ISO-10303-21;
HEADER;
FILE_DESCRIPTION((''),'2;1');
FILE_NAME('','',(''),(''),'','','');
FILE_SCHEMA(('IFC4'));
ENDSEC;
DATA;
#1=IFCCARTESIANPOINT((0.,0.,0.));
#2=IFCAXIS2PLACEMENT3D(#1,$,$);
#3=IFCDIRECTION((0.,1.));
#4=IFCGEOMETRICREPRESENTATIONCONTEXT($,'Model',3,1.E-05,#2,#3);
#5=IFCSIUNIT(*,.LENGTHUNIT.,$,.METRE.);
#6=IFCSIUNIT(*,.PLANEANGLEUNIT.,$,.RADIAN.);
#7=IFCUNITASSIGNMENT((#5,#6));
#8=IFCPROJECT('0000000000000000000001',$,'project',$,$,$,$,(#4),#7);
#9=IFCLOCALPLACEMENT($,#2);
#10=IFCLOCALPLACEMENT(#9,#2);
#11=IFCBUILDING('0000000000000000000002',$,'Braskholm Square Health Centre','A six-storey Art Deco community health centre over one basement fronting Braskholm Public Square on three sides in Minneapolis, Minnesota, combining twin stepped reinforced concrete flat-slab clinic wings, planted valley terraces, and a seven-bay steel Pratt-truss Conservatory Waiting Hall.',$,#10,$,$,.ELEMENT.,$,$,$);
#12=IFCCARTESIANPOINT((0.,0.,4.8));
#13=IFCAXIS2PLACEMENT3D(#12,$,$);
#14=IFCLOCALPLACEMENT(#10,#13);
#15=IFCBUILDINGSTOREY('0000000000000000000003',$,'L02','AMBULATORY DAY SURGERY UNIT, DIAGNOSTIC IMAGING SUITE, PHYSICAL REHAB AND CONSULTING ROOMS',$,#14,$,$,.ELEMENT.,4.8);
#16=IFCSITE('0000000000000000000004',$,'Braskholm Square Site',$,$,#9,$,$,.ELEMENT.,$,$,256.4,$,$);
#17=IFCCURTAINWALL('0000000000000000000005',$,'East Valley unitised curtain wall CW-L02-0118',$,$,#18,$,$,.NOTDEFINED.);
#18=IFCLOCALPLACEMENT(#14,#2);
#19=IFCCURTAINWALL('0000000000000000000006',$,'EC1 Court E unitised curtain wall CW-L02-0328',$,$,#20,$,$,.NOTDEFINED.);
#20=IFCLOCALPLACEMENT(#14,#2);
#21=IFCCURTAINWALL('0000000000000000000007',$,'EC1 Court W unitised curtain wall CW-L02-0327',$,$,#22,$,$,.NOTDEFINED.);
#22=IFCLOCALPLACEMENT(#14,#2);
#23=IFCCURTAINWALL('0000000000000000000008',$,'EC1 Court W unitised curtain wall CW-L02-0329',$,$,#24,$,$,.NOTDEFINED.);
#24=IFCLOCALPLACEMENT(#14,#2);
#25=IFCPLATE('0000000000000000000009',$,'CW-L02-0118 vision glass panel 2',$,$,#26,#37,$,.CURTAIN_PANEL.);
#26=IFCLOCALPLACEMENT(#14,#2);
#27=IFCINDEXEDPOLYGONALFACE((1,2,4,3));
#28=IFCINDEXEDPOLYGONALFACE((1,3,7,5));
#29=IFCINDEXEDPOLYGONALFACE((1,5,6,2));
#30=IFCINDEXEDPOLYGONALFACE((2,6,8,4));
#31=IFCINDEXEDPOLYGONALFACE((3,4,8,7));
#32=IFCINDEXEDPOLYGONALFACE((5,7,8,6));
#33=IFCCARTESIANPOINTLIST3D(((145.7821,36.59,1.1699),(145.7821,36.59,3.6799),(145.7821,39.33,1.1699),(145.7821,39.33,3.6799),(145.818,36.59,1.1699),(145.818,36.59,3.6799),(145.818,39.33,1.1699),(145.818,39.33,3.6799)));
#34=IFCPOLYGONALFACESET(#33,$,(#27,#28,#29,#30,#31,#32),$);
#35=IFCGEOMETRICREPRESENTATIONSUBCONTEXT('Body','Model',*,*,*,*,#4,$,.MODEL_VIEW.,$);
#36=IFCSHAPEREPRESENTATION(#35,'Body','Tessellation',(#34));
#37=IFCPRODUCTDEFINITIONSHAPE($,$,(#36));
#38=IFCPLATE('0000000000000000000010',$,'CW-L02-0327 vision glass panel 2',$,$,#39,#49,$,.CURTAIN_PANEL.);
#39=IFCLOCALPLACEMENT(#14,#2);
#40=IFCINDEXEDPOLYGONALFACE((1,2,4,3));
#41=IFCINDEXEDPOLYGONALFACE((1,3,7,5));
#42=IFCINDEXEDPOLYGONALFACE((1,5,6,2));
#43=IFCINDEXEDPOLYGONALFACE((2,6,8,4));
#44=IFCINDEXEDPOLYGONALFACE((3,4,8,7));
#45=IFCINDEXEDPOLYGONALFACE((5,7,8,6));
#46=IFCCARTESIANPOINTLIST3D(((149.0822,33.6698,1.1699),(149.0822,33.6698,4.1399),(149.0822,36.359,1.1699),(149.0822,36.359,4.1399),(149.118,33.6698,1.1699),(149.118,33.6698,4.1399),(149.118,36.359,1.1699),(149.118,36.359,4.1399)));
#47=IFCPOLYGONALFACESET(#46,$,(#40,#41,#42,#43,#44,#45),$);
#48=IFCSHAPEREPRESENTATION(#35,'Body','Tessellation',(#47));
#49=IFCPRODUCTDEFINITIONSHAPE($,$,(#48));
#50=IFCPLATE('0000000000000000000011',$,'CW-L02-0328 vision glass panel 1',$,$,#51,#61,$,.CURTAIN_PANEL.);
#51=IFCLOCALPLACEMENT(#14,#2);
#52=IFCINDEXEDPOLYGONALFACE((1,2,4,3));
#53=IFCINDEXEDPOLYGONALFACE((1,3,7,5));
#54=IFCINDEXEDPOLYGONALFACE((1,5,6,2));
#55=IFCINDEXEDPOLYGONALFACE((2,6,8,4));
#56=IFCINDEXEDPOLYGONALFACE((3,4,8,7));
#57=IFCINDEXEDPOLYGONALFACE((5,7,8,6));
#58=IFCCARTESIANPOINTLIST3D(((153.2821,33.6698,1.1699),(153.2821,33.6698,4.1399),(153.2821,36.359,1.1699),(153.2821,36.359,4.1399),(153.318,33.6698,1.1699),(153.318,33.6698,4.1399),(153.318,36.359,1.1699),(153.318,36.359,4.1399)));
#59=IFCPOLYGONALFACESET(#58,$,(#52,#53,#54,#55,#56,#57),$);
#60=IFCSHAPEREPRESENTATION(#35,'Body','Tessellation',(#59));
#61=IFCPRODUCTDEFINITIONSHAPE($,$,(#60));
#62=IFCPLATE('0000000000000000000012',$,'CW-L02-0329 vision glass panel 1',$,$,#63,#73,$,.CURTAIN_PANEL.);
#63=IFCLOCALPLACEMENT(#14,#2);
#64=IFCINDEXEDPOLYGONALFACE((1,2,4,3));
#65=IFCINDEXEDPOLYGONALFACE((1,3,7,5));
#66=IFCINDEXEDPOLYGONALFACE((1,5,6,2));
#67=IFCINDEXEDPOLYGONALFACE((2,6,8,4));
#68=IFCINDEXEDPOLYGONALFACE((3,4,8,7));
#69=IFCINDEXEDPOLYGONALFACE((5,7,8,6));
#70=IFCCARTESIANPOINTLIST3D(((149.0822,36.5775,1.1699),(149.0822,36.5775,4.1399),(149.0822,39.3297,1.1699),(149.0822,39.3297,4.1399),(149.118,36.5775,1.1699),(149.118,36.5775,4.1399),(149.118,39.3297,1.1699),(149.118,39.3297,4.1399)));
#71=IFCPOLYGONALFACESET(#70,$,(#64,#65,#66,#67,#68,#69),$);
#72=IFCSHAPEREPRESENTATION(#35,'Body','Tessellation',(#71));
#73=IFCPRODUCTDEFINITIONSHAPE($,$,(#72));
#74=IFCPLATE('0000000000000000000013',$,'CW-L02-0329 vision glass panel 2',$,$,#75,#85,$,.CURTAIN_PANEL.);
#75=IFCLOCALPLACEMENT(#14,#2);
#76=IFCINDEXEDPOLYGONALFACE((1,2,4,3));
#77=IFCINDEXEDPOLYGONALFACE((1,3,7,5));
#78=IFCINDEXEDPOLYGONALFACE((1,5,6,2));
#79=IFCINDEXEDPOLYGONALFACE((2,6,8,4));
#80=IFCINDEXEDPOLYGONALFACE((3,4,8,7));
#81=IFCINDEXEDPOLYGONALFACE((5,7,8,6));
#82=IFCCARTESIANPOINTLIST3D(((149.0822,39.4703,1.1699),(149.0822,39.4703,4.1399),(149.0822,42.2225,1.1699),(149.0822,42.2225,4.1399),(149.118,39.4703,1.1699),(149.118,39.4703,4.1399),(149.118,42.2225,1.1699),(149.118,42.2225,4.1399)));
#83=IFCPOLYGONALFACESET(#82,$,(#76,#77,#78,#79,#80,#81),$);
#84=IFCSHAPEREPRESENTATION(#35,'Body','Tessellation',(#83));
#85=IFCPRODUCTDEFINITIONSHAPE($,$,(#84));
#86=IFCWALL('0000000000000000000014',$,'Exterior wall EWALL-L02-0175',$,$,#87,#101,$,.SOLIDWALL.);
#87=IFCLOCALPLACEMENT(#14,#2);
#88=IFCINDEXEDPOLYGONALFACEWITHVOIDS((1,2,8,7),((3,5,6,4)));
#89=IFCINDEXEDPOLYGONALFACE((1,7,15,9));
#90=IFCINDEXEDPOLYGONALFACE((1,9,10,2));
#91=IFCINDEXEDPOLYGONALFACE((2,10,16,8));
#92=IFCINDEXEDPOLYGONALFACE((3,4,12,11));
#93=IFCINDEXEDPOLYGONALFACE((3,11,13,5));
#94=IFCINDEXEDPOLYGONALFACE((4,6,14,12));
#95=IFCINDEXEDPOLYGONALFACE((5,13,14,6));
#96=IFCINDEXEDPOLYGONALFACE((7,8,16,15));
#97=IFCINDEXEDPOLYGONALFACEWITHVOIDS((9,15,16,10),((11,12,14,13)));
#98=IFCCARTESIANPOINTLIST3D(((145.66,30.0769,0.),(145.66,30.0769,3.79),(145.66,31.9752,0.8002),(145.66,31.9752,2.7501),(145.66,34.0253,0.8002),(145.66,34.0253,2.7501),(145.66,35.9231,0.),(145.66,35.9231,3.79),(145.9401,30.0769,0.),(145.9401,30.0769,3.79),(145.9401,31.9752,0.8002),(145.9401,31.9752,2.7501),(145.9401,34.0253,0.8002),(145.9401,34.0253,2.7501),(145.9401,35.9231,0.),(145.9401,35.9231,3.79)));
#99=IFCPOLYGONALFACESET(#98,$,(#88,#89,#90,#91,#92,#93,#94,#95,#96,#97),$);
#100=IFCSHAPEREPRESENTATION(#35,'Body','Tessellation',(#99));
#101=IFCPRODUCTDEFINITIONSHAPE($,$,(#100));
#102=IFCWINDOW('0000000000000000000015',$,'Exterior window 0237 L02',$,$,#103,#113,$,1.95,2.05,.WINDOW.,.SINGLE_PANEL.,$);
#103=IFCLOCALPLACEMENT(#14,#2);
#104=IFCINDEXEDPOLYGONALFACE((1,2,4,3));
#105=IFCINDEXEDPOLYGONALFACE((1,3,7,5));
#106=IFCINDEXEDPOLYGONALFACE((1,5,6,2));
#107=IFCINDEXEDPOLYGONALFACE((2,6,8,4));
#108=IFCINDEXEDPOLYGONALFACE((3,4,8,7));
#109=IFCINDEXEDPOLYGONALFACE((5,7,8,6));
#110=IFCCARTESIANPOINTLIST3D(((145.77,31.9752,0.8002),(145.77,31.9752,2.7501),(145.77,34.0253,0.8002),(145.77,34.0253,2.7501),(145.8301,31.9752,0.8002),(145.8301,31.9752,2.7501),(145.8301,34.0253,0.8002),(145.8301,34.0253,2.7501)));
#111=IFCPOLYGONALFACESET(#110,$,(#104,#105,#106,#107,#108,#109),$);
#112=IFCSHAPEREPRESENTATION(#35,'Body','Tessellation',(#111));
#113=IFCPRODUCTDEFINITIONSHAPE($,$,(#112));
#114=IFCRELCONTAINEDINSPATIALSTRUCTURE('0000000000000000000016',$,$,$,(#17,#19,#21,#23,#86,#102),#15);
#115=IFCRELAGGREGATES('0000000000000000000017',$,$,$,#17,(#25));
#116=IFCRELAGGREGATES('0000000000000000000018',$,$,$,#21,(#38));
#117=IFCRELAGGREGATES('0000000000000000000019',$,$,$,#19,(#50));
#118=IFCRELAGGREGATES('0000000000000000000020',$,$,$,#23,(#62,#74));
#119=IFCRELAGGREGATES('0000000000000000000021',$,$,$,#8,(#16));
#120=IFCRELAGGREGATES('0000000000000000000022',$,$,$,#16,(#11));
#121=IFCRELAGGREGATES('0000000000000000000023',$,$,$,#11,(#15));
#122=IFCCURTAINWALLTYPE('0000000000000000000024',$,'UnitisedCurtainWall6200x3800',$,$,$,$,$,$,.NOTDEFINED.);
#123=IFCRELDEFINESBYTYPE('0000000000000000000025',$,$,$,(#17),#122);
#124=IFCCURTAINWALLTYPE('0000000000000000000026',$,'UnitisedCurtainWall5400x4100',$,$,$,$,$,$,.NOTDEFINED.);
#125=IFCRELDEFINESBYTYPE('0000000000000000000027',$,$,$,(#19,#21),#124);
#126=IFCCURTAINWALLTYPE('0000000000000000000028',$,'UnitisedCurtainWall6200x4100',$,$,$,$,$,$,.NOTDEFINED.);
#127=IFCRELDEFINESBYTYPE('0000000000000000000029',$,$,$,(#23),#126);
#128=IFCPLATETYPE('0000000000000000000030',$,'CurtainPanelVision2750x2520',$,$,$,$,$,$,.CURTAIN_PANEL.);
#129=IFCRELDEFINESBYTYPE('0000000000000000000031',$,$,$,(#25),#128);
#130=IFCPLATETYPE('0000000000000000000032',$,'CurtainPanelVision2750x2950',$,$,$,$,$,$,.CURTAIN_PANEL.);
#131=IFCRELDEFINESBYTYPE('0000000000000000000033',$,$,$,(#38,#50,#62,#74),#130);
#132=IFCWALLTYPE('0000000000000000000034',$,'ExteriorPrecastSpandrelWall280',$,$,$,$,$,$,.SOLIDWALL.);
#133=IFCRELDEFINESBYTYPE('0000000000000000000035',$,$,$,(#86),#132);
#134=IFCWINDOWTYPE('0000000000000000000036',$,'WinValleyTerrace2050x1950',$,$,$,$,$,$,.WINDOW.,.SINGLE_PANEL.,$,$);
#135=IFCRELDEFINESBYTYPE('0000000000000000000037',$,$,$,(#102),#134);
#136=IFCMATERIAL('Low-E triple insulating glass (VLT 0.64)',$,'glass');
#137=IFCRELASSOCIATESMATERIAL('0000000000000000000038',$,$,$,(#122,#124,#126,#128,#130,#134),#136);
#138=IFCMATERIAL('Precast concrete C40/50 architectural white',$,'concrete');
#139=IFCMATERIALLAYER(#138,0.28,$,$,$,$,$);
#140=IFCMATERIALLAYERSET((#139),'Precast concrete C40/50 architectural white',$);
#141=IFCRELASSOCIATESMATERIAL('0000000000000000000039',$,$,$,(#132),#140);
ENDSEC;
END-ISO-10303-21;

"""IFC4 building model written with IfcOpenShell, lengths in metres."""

from ifc_helpers import new_model, si_unit, direction, frame, frame_2d, origin, origin_with_axes, origin_2d, place, context, subcontext, project, spatial, rectangle, extrude, material, layer, layer_set, type_object, element, fill, aggregate, save


model = new_model("IFC4")

# Units and contexts
model_context = context("Model", 3, precision=1e-05, world=origin(), true_north=direction((0.0, 1.0)))
body_context = subcontext(model_context, "Body", "Model", "MODEL_VIEW")
ifc_project = project(units=[si_unit("LENGTHUNIT", "METRE"), si_unit("PLANEANGLEUNIT", "RADIAN")], contexts=[model_context])

# Site, building, storey
site_placement = place(None, origin())
site = spatial("IfcSite", under=ifc_project, at=site_placement, Name="Braskholm Square Site", CompositionType="ELEMENT", RefElevation=256.4)
building_placement = place(site_placement, origin())
building = spatial("IfcBuilding", under=site, at=building_placement, Name="Braskholm Square Health Centre", Description="A six-storey Art Deco community health centre over one basement fronting Braskholm Public Square on three sides in Minneapolis, Minnesota, combining twin stepped reinforced concrete flat-slab clinic wings, planted valley terraces, and a seven-bay steel Pratt-truss Conservatory Waiting Hall.", CompositionType="ELEMENT")
storey_placement = place(building_placement, frame((0.0, 0.0, 4.8)))
storey = spatial("IfcBuildingStorey", under=building, at=storey_placement, Name="L02", Description="AMBULATORY DAY SURGERY UNIT, DIAGNOSTIC IMAGING SUITE, PHYSICAL REHAB AND CONSULTING ROOMS", CompositionType="ELEMENT", Elevation=4.8)

# Curtain walls
ifc_material_1 = material(Name="Low-E triple insulating glass (VLT 0.64)", Category="glass")
curtain_wall_type_1 = type_object("IfcCurtainWallType", Name="UnitisedCurtainWall6200x3800", PredefinedType="NOTDEFINED", material=ifc_material_1)
curtain_wall_1_placement = place(storey_placement, origin())
curtain_wall_1 = element("IfcCurtainWall", 1, at=curtain_wall_1_placement, inside=storey, type_object=curtain_wall_type_1, Name="East Valley unitised curtain wall CW-L02-0118", PredefinedType="NOTDEFINED")
curtain_wall_type_2 = type_object("IfcCurtainWallType", Name="UnitisedCurtainWall5400x4100", PredefinedType="NOTDEFINED", material=ifc_material_1)
curtain_wall_2_placement = place(storey_placement, origin())
curtain_wall_2 = element("IfcCurtainWall", 2, at=curtain_wall_2_placement, inside=storey, type_object=curtain_wall_type_2, Name="EC1 Court E unitised curtain wall CW-L02-0328", PredefinedType="NOTDEFINED")

# Curtain wall
curtain_wall_type_3 = type_object("IfcCurtainWallType", Name="UnitisedCurtainWall6200x4100", PredefinedType="NOTDEFINED", material=ifc_material_1)
curtain_wall_3_placement = place(storey_placement, origin())
curtain_wall_3 = element("IfcCurtainWall", 3, at=curtain_wall_3_placement, inside=storey, type_object=curtain_wall_type_2, Name="EC1 Court W unitised curtain wall CW-L02-0327", PredefinedType="NOTDEFINED")

# Curtain wall
curtain_wall_4_placement = place(storey_placement, origin())
curtain_wall_4 = element("IfcCurtainWall", 4, at=curtain_wall_4_placement, inside=storey, type_object=curtain_wall_type_3, Name="EC1 Court W unitised curtain wall CW-L02-0329", PredefinedType="NOTDEFINED")

# Shared definitions
ifc_material_2 = material(Name="Precast concrete C40/50 architectural white", Category="concrete")

# Plates
plate_type_1 = type_object("IfcPlateType", Name="CurtainPanelVision2750x2520", PredefinedType="CURTAIN_PANEL", material=ifc_material_1)
plate_1_placement = place(storey_placement, frame((145.8, 37.96, 1.1699), z_axis=(0.0, 0.0, 1.0), x_axis=(0.0, -1.0, 0.0)))
plate_1 = element("IfcPlate", 5, at=plate_1_placement, type_object=plate_type_1, Name="CW-L02-0118 vision glass panel 2", PredefinedType="CURTAIN_PANEL", context=body_context, shape_type="SweptSolid", body=[
    extrude(rectangle(XDim=2.74, YDim=0.0359, at=origin_2d()), origin(), (0.0, 0.0, 1.0), 2.51),
])
aggregate(curtain_wall_1, [plate_1])
plate_type_2 = type_object("IfcPlateType", Name="CurtainPanelVision2750x2950", PredefinedType="CURTAIN_PANEL", material=ifc_material_1)
plate_2_placement = place(storey_placement, frame((149.1001, 35.0144, 1.1699), z_axis=(0.0, 0.0, 1.0), x_axis=(0.0, 1.0, 0.0)))
plate_2 = element("IfcPlate", 6, at=plate_2_placement, type_object=plate_type_2, Name="CW-L02-0327 vision glass panel 2", PredefinedType="CURTAIN_PANEL", context=body_context, shape_type="SweptSolid", body=[
    extrude(rectangle(XDim=2.6892, YDim=0.0359, at=origin_2d()), origin(), (0.0, 0.0, 1.0), 2.97),
])
aggregate(curtain_wall_3, [plate_2])
plate_3_placement = place(storey_placement, frame((153.3, 35.0144, 1.1699), z_axis=(0.0, 0.0, 1.0), x_axis=(0.0, -1.0, 0.0)))
plate_3 = element("IfcPlate", 7, at=plate_3_placement, type_object=plate_type_2, Name="CW-L02-0328 vision glass panel 1", PredefinedType="CURTAIN_PANEL", context=body_context, shape_type="SweptSolid", body=[
    extrude(rectangle(XDim=2.6892, YDim=0.0359, at=origin_2d()), origin(), (0.0, 0.0, 1.0), 2.97),
])
aggregate(curtain_wall_2, [plate_3])
plate_4_placement = place(storey_placement, frame((149.1001, 37.9536, 1.1699), z_axis=(0.0, 0.0, 1.0), x_axis=(0.0, 1.0, 0.0)))
plate_4 = element("IfcPlate", 8, at=plate_4_placement, type_object=plate_type_2, Name="CW-L02-0329 vision glass panel 1", PredefinedType="CURTAIN_PANEL", context=body_context, shape_type="SweptSolid", body=[
    extrude(rectangle(XDim=2.7522, YDim=0.0359, at=origin_2d()), origin(), (0.0, 0.0, 1.0), 2.97),
])
plate_5_placement = place(storey_placement, frame((149.1001, 40.8464, 1.1699), z_axis=(0.0, 0.0, 1.0), x_axis=(0.0, 1.0, 0.0)))
plate_5 = element("IfcPlate", 9, at=plate_5_placement, type_object=plate_type_2, Name="CW-L02-0329 vision glass panel 2", PredefinedType="CURTAIN_PANEL", context=body_context, shape_type="SweptSolid", body=[
    extrude(rectangle(XDim=2.7522, YDim=0.0359, at=origin_2d()), origin(), (0.0, 0.0, 1.0), 2.97),
])
aggregate(curtain_wall_4, [plate_4, plate_5])

# Wall, opening, window
ifc_layer = layer(ifc_material_2, 0.28)
ifc_layer_set = layer_set([ifc_layer], Name="Precast concrete C40/50 architectural white")
wall_type = type_object("IfcWallType", Name="ExteriorPrecastSpandrelWall280", PredefinedType="SOLIDWALL", material=ifc_layer_set)
wall_placement = place(storey_placement, frame((145.8, 35.9231, 0.0), z_axis=(0.0, 0.0, 1.0), x_axis=(0.0, -1.0, 0.0)))
wall = element("IfcWall", 10, at=wall_placement, inside=storey, type_object=wall_type, Name="Exterior wall EWALL-L02-0175", PredefinedType="SOLIDWALL", context=body_context, shape_type="SweptSolid", body=[
    extrude(rectangle(XDim=5.8462, YDim=0.28, at=frame_2d((2.9231, 0.0))), origin(), (0.0, 0.0, 1.0), 3.79),
])
opening_placement = place(wall_placement, frame((1.8979, 0.0, 0.8)))
opening = element("IfcOpeningElement", 11, at=opening_placement, cuts=wall, PredefinedType="OPENING", context=body_context, shape_type="SweptSolid", body=[
    extrude(rectangle(XDim=2.05, YDim=1.95, at=frame_2d((1.0249, 0.9751))), frame((0.0, 0.1499, 0.0), z_axis=(0.0, -1.0, 0.0), x_axis=(1.0, 0.0, 0.0)), (0.0, 0.0, 1.0), 0.3),
])
window_type = type_object("IfcWindowType", Name="WinValleyTerrace2050x1950", PartitioningType="SINGLE_PANEL", PredefinedType="WINDOW", material=ifc_material_1)
window_placement = place(opening_placement, origin_with_axes())
window = element("IfcWindow", 12, at=window_placement, inside=storey, type_object=window_type, Name="Exterior window 0237 L02", OverallHeight=1.95, OverallWidth=2.05, PartitioningType="SINGLE_PANEL", PredefinedType="WINDOW", context=body_context, shape_type="SweptSolid", body=[
    extrude(rectangle(XDim=2.05, YDim=1.95, at=frame_2d((1.0249, 0.9751))), frame((0.0, 0.03, 0.0), z_axis=(0.0, -1.0, 0.0), x_axis=(1.0, 0.0, 0.0)), (0.0, 0.0, 1.0), 0.0601),
])
fill(opening, window)

save(model, "model.ifc")
